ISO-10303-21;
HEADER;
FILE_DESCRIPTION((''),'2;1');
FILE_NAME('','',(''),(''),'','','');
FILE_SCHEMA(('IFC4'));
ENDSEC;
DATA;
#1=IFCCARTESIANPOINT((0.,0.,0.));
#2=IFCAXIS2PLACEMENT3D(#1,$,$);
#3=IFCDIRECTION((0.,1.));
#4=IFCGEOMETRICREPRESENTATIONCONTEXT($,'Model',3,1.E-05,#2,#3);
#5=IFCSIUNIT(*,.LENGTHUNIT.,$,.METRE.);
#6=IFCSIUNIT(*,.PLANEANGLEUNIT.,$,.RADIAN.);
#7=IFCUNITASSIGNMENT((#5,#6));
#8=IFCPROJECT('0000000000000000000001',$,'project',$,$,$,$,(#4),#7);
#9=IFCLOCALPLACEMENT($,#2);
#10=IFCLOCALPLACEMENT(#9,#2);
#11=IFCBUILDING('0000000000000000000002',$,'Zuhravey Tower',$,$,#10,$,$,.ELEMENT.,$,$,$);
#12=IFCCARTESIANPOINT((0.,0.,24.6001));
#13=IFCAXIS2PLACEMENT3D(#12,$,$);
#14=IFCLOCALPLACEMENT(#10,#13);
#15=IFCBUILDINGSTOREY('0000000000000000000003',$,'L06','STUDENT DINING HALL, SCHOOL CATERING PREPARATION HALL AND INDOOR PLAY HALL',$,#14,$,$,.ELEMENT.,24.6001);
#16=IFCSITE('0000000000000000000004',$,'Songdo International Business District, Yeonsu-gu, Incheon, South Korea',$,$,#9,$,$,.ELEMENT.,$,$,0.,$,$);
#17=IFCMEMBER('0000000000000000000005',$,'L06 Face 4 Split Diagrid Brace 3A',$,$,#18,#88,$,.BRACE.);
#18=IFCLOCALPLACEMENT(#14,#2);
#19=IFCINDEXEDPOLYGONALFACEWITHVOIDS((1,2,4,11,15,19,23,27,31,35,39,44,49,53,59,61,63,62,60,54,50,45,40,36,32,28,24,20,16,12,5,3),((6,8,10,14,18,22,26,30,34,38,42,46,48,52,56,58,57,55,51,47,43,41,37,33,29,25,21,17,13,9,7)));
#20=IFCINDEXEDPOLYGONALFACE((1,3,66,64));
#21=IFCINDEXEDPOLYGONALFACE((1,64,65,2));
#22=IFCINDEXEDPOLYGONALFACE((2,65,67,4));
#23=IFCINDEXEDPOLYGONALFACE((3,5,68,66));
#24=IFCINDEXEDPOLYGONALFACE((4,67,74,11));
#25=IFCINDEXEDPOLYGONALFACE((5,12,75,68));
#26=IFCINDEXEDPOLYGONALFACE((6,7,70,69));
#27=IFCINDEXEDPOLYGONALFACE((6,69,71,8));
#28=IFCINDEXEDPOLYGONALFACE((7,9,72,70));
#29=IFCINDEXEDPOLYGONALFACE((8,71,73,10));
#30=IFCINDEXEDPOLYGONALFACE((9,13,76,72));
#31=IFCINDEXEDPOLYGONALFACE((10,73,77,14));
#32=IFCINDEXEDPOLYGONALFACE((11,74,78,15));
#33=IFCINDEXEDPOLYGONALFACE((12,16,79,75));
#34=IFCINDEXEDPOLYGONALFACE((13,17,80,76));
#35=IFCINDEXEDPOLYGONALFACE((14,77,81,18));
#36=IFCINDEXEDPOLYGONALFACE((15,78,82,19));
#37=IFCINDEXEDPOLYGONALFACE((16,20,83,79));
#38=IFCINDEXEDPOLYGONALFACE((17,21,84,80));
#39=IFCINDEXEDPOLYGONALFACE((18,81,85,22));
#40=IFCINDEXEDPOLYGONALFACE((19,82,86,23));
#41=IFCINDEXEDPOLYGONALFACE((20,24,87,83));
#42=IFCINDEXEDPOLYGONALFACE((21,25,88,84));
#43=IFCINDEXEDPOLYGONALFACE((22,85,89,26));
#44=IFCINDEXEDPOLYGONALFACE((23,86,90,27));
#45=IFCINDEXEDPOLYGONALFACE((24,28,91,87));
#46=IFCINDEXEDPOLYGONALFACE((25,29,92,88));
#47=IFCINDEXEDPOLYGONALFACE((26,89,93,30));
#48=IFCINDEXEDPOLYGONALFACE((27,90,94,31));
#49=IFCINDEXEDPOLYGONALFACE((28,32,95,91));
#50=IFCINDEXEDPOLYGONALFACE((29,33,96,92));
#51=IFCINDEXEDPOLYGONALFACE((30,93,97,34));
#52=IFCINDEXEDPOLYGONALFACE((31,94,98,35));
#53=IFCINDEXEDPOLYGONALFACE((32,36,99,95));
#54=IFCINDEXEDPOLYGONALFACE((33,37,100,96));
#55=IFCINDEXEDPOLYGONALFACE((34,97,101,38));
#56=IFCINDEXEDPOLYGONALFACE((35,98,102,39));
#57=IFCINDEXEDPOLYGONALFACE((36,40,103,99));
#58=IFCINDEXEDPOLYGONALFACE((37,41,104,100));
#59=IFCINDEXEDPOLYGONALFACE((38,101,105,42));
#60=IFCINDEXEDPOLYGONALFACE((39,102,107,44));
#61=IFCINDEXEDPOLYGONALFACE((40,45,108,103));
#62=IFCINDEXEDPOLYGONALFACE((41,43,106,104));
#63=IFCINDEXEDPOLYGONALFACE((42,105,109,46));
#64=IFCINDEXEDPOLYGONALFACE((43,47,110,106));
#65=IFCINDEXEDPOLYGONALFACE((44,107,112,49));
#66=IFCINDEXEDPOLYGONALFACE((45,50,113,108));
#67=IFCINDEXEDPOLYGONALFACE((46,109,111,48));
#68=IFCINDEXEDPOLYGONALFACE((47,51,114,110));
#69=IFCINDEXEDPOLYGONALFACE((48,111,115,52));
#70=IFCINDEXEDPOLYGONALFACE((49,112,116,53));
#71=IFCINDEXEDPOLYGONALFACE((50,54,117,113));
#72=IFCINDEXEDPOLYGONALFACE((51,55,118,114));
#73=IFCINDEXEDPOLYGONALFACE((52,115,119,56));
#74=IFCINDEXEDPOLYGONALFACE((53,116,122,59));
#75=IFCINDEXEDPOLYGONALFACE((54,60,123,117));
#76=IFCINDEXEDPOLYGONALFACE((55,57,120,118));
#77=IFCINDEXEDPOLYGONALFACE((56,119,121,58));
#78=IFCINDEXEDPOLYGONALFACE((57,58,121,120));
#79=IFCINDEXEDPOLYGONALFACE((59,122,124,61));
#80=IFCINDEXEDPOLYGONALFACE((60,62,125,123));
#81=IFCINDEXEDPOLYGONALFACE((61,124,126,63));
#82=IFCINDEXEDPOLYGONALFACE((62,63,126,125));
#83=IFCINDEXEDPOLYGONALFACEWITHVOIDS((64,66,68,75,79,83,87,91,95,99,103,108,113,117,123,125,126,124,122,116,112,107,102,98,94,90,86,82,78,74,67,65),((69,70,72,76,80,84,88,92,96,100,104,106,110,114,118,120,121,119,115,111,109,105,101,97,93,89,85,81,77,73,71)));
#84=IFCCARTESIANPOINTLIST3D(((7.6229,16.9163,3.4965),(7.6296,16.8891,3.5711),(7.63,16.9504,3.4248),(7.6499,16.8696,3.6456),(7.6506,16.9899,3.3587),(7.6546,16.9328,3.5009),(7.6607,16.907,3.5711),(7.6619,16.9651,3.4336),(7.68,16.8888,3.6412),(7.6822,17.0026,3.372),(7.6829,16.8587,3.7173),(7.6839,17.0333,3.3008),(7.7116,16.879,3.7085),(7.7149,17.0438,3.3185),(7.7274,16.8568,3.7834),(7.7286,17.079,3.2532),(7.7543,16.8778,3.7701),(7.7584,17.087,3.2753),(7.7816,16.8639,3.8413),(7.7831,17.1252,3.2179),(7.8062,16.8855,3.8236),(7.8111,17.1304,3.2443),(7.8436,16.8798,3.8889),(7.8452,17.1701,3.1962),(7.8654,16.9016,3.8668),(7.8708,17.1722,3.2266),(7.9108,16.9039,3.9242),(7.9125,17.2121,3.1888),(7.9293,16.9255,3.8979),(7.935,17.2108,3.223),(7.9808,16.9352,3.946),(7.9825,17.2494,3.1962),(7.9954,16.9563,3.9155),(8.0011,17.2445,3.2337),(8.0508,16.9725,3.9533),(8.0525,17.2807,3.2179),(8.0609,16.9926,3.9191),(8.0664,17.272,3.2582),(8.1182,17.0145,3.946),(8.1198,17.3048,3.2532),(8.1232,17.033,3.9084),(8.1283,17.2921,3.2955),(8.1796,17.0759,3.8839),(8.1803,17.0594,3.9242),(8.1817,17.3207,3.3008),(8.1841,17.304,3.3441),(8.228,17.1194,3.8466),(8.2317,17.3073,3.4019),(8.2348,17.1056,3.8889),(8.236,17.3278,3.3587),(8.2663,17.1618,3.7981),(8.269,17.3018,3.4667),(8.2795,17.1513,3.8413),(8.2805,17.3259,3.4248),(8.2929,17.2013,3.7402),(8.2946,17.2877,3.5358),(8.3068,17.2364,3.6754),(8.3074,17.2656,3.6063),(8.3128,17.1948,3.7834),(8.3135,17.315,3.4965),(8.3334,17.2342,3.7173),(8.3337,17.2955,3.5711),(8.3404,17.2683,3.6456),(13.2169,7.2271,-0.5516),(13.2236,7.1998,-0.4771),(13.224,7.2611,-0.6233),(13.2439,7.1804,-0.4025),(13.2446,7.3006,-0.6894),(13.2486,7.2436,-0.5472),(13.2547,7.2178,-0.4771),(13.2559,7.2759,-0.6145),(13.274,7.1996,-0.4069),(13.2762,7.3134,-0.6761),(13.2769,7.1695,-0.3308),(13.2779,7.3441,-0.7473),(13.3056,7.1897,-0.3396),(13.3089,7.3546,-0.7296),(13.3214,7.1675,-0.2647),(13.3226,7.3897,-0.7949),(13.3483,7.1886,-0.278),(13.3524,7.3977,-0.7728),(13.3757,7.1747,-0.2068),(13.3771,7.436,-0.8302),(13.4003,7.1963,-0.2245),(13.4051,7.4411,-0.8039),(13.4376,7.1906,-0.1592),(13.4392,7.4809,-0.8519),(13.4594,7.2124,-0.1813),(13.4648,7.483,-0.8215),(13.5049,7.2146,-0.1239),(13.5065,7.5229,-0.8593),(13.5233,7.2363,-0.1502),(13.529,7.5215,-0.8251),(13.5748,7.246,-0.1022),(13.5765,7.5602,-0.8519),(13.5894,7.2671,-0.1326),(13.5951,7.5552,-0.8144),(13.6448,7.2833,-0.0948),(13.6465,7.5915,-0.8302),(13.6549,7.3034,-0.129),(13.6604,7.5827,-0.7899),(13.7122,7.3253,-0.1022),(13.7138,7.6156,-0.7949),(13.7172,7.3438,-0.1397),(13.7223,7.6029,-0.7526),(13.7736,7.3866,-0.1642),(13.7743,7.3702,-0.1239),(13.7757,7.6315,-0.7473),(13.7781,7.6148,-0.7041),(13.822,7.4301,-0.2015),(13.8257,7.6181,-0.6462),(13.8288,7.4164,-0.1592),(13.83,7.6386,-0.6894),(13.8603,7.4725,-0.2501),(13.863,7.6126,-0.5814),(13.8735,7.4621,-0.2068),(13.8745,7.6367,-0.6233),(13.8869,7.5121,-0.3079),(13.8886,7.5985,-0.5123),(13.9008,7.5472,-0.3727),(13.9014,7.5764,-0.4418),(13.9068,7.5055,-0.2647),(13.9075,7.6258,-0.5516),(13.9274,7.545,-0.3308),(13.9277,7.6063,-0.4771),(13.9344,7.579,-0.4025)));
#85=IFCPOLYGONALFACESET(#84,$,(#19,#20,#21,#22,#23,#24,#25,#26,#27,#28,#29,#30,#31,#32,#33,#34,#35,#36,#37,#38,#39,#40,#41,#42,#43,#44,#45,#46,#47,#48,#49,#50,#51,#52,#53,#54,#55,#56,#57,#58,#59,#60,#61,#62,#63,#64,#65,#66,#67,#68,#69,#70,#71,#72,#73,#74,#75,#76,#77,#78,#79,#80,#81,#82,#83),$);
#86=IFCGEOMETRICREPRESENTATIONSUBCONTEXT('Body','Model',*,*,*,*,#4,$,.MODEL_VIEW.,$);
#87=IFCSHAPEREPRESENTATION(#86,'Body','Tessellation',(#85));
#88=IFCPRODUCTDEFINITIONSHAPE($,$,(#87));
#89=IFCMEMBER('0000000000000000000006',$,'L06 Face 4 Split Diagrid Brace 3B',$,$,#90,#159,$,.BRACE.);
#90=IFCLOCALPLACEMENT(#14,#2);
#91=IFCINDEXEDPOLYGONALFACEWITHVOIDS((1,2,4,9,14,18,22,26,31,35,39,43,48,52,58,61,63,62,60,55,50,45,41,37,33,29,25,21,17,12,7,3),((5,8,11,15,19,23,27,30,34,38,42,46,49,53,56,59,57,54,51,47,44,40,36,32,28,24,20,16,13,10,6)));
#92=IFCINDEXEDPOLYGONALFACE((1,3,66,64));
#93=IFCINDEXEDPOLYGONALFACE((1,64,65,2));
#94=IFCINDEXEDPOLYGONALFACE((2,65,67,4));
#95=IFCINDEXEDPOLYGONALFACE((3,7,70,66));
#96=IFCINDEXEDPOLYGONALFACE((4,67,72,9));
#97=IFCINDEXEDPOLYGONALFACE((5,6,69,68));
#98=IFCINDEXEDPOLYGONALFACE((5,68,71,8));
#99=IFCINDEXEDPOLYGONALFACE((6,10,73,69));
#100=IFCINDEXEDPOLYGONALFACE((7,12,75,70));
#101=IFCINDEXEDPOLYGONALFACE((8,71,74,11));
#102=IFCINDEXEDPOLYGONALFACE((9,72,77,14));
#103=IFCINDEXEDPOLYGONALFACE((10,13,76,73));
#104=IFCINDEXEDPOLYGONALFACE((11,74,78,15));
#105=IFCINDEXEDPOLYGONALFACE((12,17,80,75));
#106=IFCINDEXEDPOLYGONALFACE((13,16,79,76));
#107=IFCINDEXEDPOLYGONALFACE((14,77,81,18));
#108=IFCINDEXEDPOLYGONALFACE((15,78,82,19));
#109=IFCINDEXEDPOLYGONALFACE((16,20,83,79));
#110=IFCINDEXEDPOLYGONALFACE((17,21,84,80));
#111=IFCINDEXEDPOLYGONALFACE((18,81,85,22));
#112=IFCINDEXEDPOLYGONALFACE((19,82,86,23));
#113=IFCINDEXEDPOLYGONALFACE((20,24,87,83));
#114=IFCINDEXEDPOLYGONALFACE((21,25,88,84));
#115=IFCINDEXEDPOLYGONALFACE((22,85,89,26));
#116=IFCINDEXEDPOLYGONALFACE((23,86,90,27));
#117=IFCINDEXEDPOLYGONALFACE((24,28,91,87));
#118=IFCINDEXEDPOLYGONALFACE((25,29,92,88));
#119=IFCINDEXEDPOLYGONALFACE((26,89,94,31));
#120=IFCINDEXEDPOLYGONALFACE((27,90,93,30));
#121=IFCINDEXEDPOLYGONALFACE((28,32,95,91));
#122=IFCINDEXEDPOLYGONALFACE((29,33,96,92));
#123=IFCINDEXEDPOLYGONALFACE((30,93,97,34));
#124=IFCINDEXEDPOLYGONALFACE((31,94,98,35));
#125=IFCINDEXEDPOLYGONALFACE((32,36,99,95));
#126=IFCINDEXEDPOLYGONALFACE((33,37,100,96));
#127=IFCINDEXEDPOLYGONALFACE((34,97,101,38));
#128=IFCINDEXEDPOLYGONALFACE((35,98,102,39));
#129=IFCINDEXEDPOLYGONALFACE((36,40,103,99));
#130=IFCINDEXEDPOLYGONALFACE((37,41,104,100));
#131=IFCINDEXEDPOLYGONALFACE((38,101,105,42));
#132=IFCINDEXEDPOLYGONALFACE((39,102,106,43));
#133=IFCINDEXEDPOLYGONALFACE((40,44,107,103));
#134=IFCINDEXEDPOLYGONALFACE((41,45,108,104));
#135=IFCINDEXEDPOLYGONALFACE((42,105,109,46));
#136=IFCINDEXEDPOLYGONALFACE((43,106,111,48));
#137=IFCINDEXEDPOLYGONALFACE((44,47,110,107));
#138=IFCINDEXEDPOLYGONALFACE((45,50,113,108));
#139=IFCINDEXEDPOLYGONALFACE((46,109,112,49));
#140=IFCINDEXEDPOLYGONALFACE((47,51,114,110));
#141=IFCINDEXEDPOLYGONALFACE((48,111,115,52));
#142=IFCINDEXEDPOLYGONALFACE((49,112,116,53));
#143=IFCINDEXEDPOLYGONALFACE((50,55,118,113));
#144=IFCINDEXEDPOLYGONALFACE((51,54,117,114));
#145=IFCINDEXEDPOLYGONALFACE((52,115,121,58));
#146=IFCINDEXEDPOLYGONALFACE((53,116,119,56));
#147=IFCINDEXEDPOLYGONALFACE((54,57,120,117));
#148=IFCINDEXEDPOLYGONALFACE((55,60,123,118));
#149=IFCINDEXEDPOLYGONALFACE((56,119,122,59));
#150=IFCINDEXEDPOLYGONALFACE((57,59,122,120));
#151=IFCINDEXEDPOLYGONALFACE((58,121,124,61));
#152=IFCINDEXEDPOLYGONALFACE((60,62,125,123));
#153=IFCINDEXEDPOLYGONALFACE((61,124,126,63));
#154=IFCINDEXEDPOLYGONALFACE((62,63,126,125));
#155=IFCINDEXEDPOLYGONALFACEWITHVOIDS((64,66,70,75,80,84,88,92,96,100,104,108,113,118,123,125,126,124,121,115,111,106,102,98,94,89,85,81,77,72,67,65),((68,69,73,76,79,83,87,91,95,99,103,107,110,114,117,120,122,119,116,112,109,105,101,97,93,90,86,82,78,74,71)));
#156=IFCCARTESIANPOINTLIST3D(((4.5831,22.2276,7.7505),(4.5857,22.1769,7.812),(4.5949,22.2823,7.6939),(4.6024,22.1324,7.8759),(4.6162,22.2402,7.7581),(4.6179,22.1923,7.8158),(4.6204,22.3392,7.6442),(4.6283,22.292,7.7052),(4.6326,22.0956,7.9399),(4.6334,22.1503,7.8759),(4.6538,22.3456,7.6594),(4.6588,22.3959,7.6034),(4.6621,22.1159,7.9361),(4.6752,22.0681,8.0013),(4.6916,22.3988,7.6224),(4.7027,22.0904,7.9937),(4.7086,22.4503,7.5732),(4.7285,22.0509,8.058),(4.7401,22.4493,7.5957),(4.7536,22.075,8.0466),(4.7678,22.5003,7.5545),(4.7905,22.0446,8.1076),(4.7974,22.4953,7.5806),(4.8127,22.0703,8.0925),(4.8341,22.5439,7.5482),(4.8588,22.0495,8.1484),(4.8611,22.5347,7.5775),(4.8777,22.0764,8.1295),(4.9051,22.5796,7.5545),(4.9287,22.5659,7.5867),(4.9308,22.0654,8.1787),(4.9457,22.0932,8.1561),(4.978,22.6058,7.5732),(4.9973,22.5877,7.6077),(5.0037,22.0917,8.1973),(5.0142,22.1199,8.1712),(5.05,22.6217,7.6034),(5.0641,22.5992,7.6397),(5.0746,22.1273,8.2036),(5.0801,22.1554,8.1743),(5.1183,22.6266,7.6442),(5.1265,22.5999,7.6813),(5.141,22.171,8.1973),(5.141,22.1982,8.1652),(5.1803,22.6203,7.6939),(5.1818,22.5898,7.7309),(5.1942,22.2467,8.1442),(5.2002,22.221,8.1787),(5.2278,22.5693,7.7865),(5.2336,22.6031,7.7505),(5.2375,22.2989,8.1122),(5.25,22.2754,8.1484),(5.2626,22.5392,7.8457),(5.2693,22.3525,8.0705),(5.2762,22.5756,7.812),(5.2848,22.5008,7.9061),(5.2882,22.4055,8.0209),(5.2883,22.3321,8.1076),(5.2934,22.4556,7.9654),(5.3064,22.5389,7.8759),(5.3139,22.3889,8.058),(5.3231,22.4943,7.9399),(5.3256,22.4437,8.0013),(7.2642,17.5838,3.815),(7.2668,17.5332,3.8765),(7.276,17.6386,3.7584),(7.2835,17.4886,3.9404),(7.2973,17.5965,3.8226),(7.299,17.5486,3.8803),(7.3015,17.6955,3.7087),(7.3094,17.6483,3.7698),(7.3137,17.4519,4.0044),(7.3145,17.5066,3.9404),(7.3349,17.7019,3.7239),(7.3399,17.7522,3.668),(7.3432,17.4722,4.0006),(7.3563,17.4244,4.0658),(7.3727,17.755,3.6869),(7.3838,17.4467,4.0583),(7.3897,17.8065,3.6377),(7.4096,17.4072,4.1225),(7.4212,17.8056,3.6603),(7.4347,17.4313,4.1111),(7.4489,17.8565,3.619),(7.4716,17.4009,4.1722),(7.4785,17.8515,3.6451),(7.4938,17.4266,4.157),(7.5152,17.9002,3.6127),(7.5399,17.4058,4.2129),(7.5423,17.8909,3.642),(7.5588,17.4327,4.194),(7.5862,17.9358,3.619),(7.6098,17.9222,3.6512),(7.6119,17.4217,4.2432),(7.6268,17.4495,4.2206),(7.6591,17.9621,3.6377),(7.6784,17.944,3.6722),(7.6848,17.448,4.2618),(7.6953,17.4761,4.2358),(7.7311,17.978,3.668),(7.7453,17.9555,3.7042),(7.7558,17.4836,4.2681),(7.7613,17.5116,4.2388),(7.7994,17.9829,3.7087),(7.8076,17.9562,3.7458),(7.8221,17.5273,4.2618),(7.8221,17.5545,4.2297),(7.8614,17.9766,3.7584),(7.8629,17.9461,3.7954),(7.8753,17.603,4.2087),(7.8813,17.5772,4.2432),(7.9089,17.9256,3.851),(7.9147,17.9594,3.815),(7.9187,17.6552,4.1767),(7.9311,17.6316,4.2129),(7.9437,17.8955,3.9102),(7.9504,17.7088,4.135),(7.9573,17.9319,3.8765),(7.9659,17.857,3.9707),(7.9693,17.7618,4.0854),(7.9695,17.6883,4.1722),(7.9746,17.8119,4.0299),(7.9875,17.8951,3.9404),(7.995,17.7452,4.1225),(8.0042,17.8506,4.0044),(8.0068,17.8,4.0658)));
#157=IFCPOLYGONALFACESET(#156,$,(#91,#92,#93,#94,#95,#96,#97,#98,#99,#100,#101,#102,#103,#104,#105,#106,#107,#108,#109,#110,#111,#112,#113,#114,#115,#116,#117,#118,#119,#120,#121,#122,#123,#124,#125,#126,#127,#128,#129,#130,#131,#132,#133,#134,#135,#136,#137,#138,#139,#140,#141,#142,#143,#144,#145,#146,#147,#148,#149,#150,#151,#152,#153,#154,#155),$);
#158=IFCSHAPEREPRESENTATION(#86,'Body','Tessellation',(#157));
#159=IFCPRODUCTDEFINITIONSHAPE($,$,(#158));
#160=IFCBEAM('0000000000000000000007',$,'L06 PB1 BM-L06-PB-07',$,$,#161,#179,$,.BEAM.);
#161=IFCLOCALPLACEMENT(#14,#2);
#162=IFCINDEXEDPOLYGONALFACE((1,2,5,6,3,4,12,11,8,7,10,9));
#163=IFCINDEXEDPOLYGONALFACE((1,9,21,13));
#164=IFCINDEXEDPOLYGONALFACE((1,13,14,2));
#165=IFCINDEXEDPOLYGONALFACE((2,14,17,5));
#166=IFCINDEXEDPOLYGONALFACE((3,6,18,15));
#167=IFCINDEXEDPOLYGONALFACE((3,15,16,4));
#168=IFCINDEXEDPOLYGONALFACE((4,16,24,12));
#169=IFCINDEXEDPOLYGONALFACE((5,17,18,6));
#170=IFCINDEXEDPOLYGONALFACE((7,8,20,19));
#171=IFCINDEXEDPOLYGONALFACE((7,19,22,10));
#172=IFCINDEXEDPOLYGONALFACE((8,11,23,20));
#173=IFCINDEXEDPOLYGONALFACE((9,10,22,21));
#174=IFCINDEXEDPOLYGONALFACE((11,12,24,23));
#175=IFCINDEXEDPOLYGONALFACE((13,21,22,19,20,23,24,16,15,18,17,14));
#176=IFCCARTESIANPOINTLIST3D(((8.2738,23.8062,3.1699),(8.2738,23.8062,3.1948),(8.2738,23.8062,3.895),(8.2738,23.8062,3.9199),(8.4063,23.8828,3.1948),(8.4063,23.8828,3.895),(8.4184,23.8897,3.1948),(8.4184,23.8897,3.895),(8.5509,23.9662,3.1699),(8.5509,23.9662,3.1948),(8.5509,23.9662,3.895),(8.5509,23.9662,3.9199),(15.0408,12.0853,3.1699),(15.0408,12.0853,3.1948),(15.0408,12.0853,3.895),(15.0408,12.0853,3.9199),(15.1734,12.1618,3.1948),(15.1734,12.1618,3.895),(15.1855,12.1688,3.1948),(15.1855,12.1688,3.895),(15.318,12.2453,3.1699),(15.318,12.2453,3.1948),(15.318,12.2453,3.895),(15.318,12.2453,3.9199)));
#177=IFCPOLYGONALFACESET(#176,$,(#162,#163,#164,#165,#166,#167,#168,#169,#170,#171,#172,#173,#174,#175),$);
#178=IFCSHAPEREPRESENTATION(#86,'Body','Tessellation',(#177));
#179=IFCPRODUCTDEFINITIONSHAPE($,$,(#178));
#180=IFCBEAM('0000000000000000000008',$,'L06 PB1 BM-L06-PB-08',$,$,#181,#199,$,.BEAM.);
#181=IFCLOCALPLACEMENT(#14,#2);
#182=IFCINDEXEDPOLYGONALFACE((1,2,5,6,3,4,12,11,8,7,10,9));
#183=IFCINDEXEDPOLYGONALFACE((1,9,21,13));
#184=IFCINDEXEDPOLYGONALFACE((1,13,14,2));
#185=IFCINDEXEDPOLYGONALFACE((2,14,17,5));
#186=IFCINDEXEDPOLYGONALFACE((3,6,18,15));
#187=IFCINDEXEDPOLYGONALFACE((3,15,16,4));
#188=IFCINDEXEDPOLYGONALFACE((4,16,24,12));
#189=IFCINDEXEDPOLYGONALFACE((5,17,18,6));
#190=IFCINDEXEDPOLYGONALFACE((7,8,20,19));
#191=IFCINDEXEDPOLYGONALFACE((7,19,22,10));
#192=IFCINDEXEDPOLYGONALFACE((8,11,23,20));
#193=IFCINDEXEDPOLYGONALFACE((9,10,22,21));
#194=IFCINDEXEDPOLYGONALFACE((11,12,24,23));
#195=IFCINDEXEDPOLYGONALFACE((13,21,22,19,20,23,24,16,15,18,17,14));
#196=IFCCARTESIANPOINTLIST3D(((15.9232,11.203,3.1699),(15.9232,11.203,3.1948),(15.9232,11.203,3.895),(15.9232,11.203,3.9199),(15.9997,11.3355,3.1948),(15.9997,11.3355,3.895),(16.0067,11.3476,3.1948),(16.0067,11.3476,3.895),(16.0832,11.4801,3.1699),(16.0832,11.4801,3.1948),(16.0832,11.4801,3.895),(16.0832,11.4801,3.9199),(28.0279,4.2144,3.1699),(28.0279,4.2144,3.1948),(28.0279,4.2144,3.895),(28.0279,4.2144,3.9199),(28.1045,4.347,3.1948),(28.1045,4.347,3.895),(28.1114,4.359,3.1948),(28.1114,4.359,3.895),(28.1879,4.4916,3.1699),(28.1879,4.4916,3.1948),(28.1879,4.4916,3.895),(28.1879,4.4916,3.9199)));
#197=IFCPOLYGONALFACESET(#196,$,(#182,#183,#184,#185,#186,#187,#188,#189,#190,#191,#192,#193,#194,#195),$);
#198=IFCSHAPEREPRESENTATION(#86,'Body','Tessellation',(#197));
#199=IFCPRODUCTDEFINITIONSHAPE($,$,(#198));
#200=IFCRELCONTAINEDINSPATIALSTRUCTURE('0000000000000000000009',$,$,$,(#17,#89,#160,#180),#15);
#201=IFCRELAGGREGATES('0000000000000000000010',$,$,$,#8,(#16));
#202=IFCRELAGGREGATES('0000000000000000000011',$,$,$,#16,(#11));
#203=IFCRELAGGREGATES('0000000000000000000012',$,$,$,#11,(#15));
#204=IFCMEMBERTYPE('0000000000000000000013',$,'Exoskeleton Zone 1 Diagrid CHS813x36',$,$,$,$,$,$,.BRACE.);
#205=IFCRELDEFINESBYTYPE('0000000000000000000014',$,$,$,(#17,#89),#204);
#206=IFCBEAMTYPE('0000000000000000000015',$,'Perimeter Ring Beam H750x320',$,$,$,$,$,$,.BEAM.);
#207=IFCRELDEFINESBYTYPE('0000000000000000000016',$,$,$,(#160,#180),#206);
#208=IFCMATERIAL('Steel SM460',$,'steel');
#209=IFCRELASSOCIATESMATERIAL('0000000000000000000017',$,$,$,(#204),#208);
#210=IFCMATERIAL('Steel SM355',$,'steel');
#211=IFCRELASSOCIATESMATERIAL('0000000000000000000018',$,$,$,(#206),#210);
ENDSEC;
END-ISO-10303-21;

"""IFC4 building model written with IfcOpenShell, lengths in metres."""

from ifc_helpers import new_model, si_unit, direction, frame, origin, origin_2d, place, context, subcontext, project, spatial, hollow_circle, i_section, extrude, material, material_profile, profile_set, type_object, element, save


model = new_model("IFC4")

# Units and contexts
model_context = context("Model", 3, precision=1e-05, world=origin(), true_north=direction((0.0, 1.0)))
body_context = subcontext(model_context, "Body", "Model", "MODEL_VIEW")
ifc_project = project(units=[si_unit("LENGTHUNIT", "METRE"), si_unit("PLANEANGLEUNIT", "RADIAN")], contexts=[model_context])

# Site, building, storey
site_placement = place(None, origin())
site = spatial("IfcSite", under=ifc_project, at=site_placement, Name="Songdo International Business District, Yeonsu-gu, Incheon, South Korea", CompositionType="ELEMENT", RefElevation=0.0)
building_placement = place(site_placement, origin())
building = spatial("IfcBuilding", under=site, at=building_placement, Name="Zuhravey Tower", CompositionType="ELEMENT")
storey_placement = place(building_placement, frame((0.0, 0.0, 24.6001)))
storey = spatial("IfcBuildingStorey", under=building, at=storey_placement, Name="L06", Description="STUDENT DINING HALL, SCHOOL CATERING PREPARATION HALL AND INDOOR PLAY HALL", CompositionType="ELEMENT", Elevation=24.6001)

# Members
ifc_material_1 = material(Name="Steel SM355", Category="steel")
ifc_material_2 = material(Name="Steel SM460", Category="steel")
ifc_material_profile_1 = material_profile(ifc_material_2, hollow_circle(Radius=0.4065, WallThickness=0.0359, at=origin_2d()), Name="CHS-812.8x36")
ifc_profile_set_1 = profile_set([ifc_material_profile_1], Name="Steel SM460")
member_type_1 = type_object("IfcMemberType", Name="Exoskeleton Zone 1 Diagrid CHS813x36", PredefinedType="BRACE", material=ifc_profile_set_1)
member_1_placement = place(storey_placement, frame((13.5757, 7.4031, -0.4771), z_axis=(-0.470166, 0.814361, 0.340235), x_axis=(-0.866028, -0.499995, 0.0)))
element("IfcMember", 1, at=member_1_placement, inside=storey, type_object=member_type_1, Name="L06 Face 4 Split Diagrid Brace 3A", PredefinedType="BRACE", context=body_context, shape_type="SweptSolid", body=[
    extrude(hollow_circle(Radius=0.4065, WallThickness=0.0359, at=origin_2d()), origin(), (0.0, 0.0, 1.0), 11.8979),
])
member_2_placement = place(storey_placement, frame((7.6355, 17.6919, 3.9404), z_axis=(-0.403092, 0.698162, 0.591681), x_axis=(-0.866021, -0.500008, 0.0)))
element("IfcMember", 2, at=member_2_placement, inside=storey, type_object=member_type_1, Name="L06 Face 4 Split Diagrid Brace 3B", PredefinedType="BRACE", context=body_context, shape_type="SweptSolid", body=[
    extrude(hollow_circle(Radius=0.4065, WallThickness=0.0359, at=origin_2d()), origin(), (0.0, 0.0, 1.0), 6.6514),
])

# Beams
ifc_material_profile_2 = material_profile(ifc_material_1, i_section(OverallWidth=0.3201, OverallDepth=0.75, WebThickness=0.0139, FlangeThickness=0.0249, at=origin_2d()), Name="H-750x320x14x25")
ifc_profile_set_2 = profile_set([ifc_material_profile_2], Name="Steel SM355")
beam_type_1 = type_object("IfcBeamType", Name="Perimeter Ring Beam H750x320", PredefinedType="BEAM", material=ifc_profile_set_2)
beam_1_placement = place(storey_placement, frame((8.4124, 23.8862, 3.5449), z_axis=(0.5, -0.866025, 0.0), x_axis=(0.866025, 0.5, 0.0)))
element("IfcBeam", 3, at=beam_1_placement, inside=storey, type_object=beam_type_1, Name="L06 PB1 BM-L06-PB-07", PredefinedType="BEAM", context=body_context, shape_type="SweptSolid", body=[
    extrude(i_section(OverallWidth=0.3201, OverallDepth=0.75, WebThickness=0.0139, FlangeThickness=0.0249, at=origin_2d()), origin(), (0.0, 0.0, 1.0), 13.5342),
])
beam_2_placement = place(storey_placement, frame((16.0032, 11.3416, 3.5449), z_axis=(0.86603, -0.499992, 0.0), x_axis=(0.499992, 0.86603, 0.0)))
element("IfcBeam", 4, at=beam_2_placement, inside=storey, type_object=beam_type_1, Name="L06 PB1 BM-L06-PB-08", PredefinedType="BEAM", context=body_context, shape_type="SweptSolid", body=[
    extrude(i_section(OverallWidth=0.3201, OverallDepth=0.75, WebThickness=0.0139, FlangeThickness=0.0249, at=origin_2d()), origin(), (0.0, 0.0, 1.0), 13.9773),
])

save(model, "model.ifc")
